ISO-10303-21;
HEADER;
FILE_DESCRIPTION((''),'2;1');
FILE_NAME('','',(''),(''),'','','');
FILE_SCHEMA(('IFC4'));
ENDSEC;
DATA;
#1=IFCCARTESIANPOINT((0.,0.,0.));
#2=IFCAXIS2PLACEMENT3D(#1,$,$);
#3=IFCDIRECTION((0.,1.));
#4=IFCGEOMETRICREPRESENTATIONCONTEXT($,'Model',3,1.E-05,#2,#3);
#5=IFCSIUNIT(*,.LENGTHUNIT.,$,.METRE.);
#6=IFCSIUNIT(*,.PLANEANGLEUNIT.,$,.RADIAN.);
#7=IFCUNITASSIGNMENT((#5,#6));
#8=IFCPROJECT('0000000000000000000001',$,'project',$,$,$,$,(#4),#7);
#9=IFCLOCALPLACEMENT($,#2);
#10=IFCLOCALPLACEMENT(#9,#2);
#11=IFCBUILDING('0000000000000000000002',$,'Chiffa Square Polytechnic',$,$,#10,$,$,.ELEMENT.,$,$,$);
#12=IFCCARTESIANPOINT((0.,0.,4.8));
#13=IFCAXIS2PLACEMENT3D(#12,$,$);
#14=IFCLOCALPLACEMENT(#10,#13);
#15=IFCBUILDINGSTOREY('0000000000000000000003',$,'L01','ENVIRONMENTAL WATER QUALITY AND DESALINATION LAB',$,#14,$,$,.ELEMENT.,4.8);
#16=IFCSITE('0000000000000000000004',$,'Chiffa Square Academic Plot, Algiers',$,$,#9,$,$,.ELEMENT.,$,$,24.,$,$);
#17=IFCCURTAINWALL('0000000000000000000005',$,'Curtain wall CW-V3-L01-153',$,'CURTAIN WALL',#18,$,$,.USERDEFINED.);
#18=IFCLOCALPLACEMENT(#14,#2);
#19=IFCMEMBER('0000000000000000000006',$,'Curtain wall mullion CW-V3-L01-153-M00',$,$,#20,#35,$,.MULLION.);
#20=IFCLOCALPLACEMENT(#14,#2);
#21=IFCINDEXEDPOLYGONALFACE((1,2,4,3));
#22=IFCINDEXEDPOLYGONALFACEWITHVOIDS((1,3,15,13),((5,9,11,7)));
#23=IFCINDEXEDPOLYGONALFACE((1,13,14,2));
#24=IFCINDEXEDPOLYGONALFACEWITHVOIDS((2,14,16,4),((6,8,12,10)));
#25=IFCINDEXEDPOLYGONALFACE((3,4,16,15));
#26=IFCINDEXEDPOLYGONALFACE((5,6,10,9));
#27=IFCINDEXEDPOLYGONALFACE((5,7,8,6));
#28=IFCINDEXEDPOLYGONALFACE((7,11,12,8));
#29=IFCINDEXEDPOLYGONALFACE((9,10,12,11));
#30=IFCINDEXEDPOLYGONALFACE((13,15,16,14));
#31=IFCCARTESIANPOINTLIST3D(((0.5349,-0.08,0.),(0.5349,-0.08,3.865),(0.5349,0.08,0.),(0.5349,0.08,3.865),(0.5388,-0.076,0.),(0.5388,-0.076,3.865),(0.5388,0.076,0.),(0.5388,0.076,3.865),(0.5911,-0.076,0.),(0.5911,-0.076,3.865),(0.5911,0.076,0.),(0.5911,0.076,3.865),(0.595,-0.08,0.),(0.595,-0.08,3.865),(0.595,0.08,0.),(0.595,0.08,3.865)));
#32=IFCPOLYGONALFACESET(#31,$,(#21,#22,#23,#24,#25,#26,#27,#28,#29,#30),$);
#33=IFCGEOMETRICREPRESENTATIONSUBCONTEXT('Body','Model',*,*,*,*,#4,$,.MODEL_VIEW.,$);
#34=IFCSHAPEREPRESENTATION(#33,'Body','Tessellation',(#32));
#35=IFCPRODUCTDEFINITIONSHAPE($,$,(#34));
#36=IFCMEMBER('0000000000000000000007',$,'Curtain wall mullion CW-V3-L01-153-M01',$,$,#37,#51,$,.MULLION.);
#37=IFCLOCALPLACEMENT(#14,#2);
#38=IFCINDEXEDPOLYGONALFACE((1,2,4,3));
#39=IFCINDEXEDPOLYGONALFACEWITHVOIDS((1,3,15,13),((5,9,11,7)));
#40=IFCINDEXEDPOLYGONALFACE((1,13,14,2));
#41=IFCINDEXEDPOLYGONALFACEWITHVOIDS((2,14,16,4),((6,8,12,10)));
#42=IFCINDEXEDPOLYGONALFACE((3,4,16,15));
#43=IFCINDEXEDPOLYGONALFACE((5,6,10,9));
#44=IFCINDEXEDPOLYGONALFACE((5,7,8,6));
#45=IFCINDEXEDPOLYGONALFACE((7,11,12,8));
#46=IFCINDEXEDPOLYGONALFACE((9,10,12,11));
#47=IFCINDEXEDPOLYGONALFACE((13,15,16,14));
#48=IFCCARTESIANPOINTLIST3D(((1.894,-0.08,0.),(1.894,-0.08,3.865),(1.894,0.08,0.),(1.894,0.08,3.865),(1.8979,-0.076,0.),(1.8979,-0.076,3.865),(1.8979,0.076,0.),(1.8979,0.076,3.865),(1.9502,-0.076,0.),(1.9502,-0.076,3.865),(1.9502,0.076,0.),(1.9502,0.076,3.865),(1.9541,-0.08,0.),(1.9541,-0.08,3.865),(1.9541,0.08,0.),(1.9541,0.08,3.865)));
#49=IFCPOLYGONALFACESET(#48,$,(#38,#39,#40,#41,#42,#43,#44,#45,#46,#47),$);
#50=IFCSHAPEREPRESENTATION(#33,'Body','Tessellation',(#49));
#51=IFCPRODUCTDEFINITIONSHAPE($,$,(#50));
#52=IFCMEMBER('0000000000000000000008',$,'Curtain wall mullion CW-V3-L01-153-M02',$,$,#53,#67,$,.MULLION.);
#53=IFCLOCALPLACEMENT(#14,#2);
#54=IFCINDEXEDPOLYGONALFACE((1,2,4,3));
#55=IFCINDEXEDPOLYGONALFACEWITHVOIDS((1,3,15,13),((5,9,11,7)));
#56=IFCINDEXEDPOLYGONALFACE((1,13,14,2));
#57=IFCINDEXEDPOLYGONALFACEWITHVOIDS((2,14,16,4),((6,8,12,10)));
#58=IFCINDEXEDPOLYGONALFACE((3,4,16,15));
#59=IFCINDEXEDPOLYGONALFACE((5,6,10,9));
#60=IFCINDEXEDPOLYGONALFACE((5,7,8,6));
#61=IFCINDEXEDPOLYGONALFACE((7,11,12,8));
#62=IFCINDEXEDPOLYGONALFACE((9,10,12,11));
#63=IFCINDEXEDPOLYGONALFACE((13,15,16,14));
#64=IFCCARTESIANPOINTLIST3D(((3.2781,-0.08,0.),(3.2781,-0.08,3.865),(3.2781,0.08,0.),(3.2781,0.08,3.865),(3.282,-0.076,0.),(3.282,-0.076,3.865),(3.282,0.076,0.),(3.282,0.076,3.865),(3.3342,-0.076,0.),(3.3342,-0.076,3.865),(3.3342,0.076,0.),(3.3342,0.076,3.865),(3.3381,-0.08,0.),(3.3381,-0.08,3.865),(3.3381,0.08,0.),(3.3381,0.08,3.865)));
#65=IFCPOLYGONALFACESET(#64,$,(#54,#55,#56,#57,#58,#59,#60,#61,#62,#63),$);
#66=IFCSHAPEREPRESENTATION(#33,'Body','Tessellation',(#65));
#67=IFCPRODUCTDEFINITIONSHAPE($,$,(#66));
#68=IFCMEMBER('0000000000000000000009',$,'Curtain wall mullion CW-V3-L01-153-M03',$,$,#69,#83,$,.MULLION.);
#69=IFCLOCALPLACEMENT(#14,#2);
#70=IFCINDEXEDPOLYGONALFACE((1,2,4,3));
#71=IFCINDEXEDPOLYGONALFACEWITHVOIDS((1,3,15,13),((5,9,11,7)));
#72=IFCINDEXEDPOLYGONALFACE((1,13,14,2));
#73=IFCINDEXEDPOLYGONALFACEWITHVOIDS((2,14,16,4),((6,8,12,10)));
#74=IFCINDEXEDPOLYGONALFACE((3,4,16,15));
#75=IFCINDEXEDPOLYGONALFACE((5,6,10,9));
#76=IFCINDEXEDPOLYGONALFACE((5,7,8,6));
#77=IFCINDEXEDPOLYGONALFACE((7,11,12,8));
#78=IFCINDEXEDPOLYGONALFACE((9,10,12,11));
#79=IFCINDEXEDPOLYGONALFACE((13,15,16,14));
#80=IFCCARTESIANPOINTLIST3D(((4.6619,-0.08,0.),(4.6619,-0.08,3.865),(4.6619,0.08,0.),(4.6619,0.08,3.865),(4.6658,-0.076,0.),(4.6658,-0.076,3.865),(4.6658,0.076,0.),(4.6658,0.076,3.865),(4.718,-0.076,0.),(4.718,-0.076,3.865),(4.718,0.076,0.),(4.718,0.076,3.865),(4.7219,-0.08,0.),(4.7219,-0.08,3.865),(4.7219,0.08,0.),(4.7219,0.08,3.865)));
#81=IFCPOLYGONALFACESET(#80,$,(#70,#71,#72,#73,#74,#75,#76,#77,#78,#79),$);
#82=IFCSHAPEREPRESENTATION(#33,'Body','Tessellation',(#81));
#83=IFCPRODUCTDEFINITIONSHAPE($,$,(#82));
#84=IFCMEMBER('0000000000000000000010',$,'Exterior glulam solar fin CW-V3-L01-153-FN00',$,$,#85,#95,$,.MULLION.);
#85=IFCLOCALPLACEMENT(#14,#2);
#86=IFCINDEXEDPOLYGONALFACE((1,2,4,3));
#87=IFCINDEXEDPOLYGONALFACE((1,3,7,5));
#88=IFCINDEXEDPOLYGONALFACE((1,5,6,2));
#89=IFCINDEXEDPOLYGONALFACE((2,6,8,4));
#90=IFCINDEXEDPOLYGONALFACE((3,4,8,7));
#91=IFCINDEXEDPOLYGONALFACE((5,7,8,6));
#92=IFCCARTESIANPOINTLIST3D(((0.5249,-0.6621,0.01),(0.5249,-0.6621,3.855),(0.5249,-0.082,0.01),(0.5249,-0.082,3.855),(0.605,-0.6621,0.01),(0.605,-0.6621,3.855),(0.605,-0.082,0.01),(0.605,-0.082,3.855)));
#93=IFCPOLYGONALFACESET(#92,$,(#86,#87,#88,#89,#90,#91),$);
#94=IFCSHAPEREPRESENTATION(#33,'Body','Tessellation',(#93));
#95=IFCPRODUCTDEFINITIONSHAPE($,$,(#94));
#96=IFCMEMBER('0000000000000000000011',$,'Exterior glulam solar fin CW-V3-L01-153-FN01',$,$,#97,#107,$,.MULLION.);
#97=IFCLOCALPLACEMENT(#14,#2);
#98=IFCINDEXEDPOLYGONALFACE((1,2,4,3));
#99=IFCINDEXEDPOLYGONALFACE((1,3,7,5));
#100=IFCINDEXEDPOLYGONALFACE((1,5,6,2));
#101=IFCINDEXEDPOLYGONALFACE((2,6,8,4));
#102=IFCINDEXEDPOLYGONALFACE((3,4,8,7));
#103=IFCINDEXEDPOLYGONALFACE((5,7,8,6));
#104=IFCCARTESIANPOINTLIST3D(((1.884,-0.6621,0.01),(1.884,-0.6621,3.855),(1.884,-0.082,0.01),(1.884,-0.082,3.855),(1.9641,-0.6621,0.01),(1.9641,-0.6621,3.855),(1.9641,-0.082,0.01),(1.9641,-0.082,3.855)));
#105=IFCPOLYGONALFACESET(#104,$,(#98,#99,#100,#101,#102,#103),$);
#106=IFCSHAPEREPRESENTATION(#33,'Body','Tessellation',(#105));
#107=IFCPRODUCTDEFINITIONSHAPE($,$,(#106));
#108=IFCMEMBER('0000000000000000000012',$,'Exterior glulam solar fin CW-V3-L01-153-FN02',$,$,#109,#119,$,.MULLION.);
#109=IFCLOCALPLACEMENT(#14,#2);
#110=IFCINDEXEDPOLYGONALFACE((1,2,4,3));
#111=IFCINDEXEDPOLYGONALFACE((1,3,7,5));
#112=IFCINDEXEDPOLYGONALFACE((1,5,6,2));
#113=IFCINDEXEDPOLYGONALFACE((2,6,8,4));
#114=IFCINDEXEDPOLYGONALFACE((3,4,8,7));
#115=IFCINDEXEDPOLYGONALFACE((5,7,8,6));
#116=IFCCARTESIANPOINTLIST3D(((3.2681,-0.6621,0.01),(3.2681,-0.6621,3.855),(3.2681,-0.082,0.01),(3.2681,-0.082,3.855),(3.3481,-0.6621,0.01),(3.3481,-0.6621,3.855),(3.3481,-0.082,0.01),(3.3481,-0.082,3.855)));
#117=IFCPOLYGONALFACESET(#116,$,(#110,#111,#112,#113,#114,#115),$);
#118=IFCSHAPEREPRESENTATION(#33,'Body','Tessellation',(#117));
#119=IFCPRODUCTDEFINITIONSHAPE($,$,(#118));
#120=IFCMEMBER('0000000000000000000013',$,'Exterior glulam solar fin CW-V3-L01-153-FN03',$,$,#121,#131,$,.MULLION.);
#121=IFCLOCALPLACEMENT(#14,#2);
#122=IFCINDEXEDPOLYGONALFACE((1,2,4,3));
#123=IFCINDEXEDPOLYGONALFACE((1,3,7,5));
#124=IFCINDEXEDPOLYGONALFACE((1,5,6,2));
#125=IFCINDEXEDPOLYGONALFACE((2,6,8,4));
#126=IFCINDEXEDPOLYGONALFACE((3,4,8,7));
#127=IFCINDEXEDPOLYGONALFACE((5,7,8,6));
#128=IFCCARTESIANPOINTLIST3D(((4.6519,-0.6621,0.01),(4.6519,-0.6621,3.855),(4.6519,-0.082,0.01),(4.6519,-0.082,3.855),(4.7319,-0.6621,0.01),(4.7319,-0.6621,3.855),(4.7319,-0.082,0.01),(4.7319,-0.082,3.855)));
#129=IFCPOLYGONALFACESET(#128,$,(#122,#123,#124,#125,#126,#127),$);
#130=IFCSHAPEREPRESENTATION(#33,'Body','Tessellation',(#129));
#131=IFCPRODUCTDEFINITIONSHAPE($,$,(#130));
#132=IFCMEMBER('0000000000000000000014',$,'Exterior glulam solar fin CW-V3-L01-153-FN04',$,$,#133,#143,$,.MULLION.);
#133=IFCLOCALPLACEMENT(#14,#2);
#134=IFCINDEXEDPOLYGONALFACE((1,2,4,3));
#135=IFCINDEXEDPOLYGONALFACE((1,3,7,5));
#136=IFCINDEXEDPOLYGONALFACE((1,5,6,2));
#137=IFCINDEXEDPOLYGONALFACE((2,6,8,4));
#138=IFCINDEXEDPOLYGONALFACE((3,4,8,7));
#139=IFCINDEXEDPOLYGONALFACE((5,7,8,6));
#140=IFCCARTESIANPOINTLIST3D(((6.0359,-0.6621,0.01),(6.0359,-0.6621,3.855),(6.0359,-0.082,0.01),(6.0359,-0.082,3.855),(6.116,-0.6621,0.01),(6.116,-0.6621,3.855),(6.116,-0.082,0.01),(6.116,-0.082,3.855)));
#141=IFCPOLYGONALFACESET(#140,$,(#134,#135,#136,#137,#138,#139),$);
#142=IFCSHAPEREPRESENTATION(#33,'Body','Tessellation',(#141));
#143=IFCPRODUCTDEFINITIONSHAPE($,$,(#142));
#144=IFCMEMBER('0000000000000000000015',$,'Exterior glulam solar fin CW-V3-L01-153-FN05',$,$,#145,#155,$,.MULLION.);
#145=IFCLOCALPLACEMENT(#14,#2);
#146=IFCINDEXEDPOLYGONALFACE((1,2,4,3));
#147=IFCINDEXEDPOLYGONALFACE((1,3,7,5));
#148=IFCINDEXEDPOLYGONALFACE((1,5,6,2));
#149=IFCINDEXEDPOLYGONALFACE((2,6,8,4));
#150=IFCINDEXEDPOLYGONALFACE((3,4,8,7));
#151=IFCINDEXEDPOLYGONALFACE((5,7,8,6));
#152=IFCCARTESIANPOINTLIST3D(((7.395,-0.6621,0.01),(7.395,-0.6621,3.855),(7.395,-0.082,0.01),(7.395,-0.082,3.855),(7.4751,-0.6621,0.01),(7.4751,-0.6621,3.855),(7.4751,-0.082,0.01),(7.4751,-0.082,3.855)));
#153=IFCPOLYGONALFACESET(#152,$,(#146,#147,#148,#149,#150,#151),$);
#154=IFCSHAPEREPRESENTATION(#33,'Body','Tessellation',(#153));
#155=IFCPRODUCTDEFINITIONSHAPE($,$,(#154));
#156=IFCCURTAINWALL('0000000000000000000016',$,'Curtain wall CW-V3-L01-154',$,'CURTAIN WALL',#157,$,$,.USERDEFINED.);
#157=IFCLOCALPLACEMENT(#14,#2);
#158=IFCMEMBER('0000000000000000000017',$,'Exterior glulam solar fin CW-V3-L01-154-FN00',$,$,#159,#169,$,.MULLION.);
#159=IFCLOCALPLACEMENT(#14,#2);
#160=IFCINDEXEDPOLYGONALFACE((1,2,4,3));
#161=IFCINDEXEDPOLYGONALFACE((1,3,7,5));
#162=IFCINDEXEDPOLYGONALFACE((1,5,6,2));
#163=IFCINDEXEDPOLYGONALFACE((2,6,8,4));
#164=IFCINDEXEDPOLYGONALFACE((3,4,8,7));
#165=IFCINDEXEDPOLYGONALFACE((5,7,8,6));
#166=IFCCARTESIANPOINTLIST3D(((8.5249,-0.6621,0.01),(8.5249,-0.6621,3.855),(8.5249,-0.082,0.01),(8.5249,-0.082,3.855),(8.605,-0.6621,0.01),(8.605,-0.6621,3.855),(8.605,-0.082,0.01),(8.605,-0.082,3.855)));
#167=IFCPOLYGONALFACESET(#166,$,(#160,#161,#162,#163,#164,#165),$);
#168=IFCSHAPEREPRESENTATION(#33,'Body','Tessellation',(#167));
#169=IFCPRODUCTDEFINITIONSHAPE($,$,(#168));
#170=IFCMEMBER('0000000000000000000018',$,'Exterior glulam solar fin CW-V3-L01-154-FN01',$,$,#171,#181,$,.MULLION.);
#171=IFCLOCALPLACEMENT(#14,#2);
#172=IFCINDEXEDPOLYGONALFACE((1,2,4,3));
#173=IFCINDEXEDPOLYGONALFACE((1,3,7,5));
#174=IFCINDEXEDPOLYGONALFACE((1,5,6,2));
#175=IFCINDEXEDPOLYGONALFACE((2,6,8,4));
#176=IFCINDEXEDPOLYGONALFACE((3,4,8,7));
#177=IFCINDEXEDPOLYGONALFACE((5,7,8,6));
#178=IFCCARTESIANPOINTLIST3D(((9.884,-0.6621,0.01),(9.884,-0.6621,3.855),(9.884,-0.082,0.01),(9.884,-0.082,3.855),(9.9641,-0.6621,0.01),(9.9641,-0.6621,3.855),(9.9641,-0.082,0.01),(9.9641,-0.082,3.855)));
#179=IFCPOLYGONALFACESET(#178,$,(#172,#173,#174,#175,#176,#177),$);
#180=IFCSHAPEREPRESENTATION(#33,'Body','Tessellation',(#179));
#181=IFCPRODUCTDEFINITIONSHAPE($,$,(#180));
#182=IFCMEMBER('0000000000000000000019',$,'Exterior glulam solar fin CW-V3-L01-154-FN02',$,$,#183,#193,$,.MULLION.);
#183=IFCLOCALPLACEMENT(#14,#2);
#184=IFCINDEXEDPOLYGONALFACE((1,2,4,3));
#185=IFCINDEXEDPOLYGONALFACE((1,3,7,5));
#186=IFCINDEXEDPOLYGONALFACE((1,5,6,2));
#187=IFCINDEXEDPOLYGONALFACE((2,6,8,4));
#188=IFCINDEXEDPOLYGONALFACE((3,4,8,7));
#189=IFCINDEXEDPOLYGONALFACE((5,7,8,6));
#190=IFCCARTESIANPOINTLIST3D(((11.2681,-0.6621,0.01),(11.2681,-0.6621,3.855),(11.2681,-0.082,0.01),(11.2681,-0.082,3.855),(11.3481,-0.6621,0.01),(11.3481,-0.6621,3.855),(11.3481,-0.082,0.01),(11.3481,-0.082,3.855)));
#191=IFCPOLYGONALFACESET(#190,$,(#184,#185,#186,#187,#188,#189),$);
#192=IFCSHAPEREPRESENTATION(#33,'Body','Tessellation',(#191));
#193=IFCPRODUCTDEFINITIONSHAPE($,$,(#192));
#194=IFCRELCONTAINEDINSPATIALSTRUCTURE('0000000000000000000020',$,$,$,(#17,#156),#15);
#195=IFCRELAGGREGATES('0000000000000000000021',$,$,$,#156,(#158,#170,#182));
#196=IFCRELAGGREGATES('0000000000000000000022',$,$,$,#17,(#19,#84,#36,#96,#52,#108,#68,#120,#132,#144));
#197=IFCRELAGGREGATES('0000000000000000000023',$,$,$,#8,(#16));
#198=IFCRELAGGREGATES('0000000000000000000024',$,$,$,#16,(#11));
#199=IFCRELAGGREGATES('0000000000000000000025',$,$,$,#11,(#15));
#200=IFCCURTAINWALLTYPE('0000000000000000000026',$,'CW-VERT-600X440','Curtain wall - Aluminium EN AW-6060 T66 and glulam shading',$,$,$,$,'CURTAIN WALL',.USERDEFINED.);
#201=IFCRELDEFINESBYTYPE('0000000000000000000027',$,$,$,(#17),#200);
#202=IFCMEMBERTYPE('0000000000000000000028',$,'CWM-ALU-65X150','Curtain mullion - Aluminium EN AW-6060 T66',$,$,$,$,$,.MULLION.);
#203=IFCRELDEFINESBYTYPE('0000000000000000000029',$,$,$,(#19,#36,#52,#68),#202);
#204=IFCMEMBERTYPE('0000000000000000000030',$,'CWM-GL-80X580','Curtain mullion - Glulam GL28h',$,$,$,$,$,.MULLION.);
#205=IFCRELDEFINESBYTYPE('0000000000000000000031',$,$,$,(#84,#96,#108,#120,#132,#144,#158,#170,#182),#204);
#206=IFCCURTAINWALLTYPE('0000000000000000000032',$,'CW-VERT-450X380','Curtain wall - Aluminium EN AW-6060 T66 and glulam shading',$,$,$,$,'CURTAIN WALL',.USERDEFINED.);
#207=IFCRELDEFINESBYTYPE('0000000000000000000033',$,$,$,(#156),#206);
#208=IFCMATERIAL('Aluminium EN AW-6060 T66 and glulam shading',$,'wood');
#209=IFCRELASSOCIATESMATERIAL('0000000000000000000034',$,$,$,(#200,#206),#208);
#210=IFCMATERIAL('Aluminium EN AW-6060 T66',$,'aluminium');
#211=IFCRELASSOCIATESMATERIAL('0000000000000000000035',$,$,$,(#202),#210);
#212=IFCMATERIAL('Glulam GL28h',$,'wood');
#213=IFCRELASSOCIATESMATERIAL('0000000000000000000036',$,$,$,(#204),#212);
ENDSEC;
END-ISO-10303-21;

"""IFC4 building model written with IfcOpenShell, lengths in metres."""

from ifc_helpers import new_model, si_unit, direction, frame, origin, origin_2d, place, context, subcontext, project, spatial, rectangle, hollow_rectangle, extrude, material, material_profile, profile_set, type_object, element, aggregate, save


model = new_model("IFC4")

# Units and contexts
model_context = context("Model", 3, precision=1e-05, world=origin(), true_north=direction((0.0, 1.0)))
body_context = subcontext(model_context, "Body", "Model", "MODEL_VIEW")
ifc_project = project(units=[si_unit("LENGTHUNIT", "METRE"), si_unit("PLANEANGLEUNIT", "RADIAN")], contexts=[model_context])

# Site, building, storey
site_placement = place(None, origin())
site = spatial("IfcSite", under=ifc_project, at=site_placement, Name="Chiffa Square Academic Plot, Algiers", CompositionType="ELEMENT", RefElevation=24.0)
building_placement = place(site_placement, origin())
building = spatial("IfcBuilding", under=site, at=building_placement, Name="Chiffa Square Polytechnic", CompositionType="ELEMENT")
storey_placement = place(building_placement, frame((0.0, 0.0, 4.8)))
storey = spatial("IfcBuildingStorey", under=building, at=storey_placement, Name="L01", Description="ENVIRONMENTAL WATER QUALITY AND DESALINATION LAB", CompositionType="ELEMENT", Elevation=4.8)

# Curtain walls, members
ifc_material_1 = material(Name="Aluminium EN AW-6060 T66 and glulam shading", Category="wood")
curtain_wall_type_1 = type_object("IfcCurtainWallType", Name="CW-VERT-600X440", Description="Curtain wall - Aluminium EN AW-6060 T66 and glulam shading", ElementType="CURTAIN WALL", PredefinedType="USERDEFINED", material=ifc_material_1)
curtain_wall_1_placement = place(storey_placement, origin())
curtain_wall_1 = element("IfcCurtainWall", 1, at=curtain_wall_1_placement, inside=storey, type_object=curtain_wall_type_1, Name="Curtain wall CW-V3-L01-153", ObjectType="CURTAIN WALL", PredefinedType="USERDEFINED")
ifc_material_2 = material(Name="Aluminium EN AW-6060 T66", Category="aluminium")
ifc_material_profile_1 = material_profile(ifc_material_2, hollow_rectangle(XDim=0.0601, YDim=0.1599, WallThickness=0.0039, at=origin_2d()), Name="ALU 60x160x4")
ifc_profile_set_1 = profile_set([ifc_material_profile_1], Name="Aluminium EN AW-6060 T66")
member_type_1 = type_object("IfcMemberType", Name="CWM-ALU-65X150", Description="Curtain mullion - Aluminium EN AW-6060 T66", PredefinedType="MULLION", material=ifc_profile_set_1)
member_1_placement = place(storey_placement, frame((0.5649, 0.0, 0.0), z_axis=(0.0, 0.0, 1.0), x_axis=(1.0, 0.0, 0.0)))
member_1 = element("IfcMember", 2, at=member_1_placement, type_object=member_type_1, Name="Curtain wall mullion CW-V3-L01-153-M00", PredefinedType="MULLION", context=body_context, shape_type="SweptSolid", body=[
    extrude(hollow_rectangle(XDim=0.0601, YDim=0.1599, WallThickness=0.0039, at=origin_2d()), origin(), (0.0, 0.0, 1.0), 3.865),
])
member_2_placement = place(storey_placement, frame((1.9241, 0.0, 0.0), z_axis=(0.0, 0.0, 1.0), x_axis=(1.0, 0.0, 0.0)))
member_2 = element("IfcMember", 3, at=member_2_placement, type_object=member_type_1, Name="Curtain wall mullion CW-V3-L01-153-M01", PredefinedType="MULLION", context=body_context, shape_type="SweptSolid", body=[
    extrude(hollow_rectangle(XDim=0.0601, YDim=0.1599, WallThickness=0.0039, at=origin_2d()), origin(), (0.0, 0.0, 1.0), 3.865),
])
member_3_placement = place(storey_placement, frame((3.3081, 0.0, 0.0), z_axis=(0.0, 0.0, 1.0), x_axis=(1.0, 0.0, 0.0)))
member_3 = element("IfcMember", 4, at=member_3_placement, type_object=member_type_1, Name="Curtain wall mullion CW-V3-L01-153-M02", PredefinedType="MULLION", context=body_context, shape_type="SweptSolid", body=[
    extrude(hollow_rectangle(XDim=0.0601, YDim=0.1599, WallThickness=0.0039, at=origin_2d()), origin(), (0.0, 0.0, 1.0), 3.865),
])
member_4_placement = place(storey_placement, frame((4.6919, 0.0, 0.0), z_axis=(0.0, 0.0, 1.0), x_axis=(1.0, 0.0, 0.0)))
member_4 = element("IfcMember", 5, at=member_4_placement, type_object=member_type_1, Name="Curtain wall mullion CW-V3-L01-153-M03", PredefinedType="MULLION", context=body_context, shape_type="SweptSolid", body=[
    extrude(hollow_rectangle(XDim=0.0601, YDim=0.1599, WallThickness=0.0039, at=origin_2d()), origin(), (0.0, 0.0, 1.0), 3.865),
])
ifc_material_3 = material(Name="Glulam GL28h", Category="wood")
ifc_material_profile_2 = material_profile(ifc_material_3, rectangle(XDim=0.0801, YDim=0.5801, at=origin_2d()), Name="GL28h 80x580")
ifc_profile_set_2 = profile_set([ifc_material_profile_2], Name="Glulam GL28h")
member_type_2 = type_object("IfcMemberType", Name="CWM-GL-80X580", Description="Curtain mullion - Glulam GL28h", PredefinedType="MULLION", material=ifc_profile_set_2)
member_5_placement = place(storey_placement, frame((0.5649, -0.3721, 0.01), z_axis=(0.0, 0.0, 1.0), x_axis=(1.0, 0.0, 0.0)))
member_5 = element("IfcMember", 6, at=member_5_placement, type_object=member_type_2, Name="Exterior glulam solar fin CW-V3-L01-153-FN00", PredefinedType="MULLION", context=body_context, shape_type="SweptSolid", body=[
    extrude(rectangle(XDim=0.0801, YDim=0.5801, at=origin_2d()), origin(), (0.0, 0.0, 1.0), 3.845),
])
member_6_placement = place(storey_placement, frame((1.9241, -0.3721, 0.01), z_axis=(0.0, 0.0, 1.0), x_axis=(1.0, 0.0, 0.0)))
member_6 = element("IfcMember", 7, at=member_6_placement, type_object=member_type_2, Name="Exterior glulam solar fin CW-V3-L01-153-FN01", PredefinedType="MULLION", context=body_context, shape_type="SweptSolid", body=[
    extrude(rectangle(XDim=0.0801, YDim=0.5801, at=origin_2d()), origin(), (0.0, 0.0, 1.0), 3.845),
])
member_7_placement = place(storey_placement, frame((3.3081, -0.3721, 0.01), z_axis=(0.0, 0.0, 1.0), x_axis=(1.0, 0.0, 0.0)))
member_7 = element("IfcMember", 8, at=member_7_placement, type_object=member_type_2, Name="Exterior glulam solar fin CW-V3-L01-153-FN02", PredefinedType="MULLION", context=body_context, shape_type="SweptSolid", body=[
    extrude(rectangle(XDim=0.0801, YDim=0.5801, at=origin_2d()), origin(), (0.0, 0.0, 1.0), 3.845),
])
member_8_placement = place(storey_placement, frame((4.6919, -0.3721, 0.01), z_axis=(0.0, 0.0, 1.0), x_axis=(1.0, 0.0, 0.0)))
member_8 = element("IfcMember", 9, at=member_8_placement, type_object=member_type_2, Name="Exterior glulam solar fin CW-V3-L01-153-FN03", PredefinedType="MULLION", context=body_context, shape_type="SweptSolid", body=[
    extrude(rectangle(XDim=0.0801, YDim=0.5801, at=origin_2d()), origin(), (0.0, 0.0, 1.0), 3.845),
])
member_9_placement = place(storey_placement, frame((6.0759, -0.3721, 0.01), z_axis=(0.0, 0.0, 1.0), x_axis=(1.0, 0.0, 0.0)))
member_9 = element("IfcMember", 10, at=member_9_placement, type_object=member_type_2, Name="Exterior glulam solar fin CW-V3-L01-153-FN04", PredefinedType="MULLION", context=body_context, shape_type="SweptSolid", body=[
    extrude(rectangle(XDim=0.0801, YDim=0.5801, at=origin_2d()), origin(), (0.0, 0.0, 1.0), 3.845),
])
member_10_placement = place(storey_placement, frame((7.4351, -0.3721, 0.01), z_axis=(0.0, 0.0, 1.0), x_axis=(1.0, 0.0, 0.0)))
member_10 = element("IfcMember", 11, at=member_10_placement, type_object=member_type_2, Name="Exterior glulam solar fin CW-V3-L01-153-FN05", PredefinedType="MULLION", context=body_context, shape_type="SweptSolid", body=[
    extrude(rectangle(XDim=0.0801, YDim=0.5801, at=origin_2d()), origin(), (0.0, 0.0, 1.0), 3.845),
])
curtain_wall_type_2 = type_object("IfcCurtainWallType", Name="CW-VERT-450X380", Description="Curtain wall - Aluminium EN AW-6060 T66 and glulam shading", ElementType="CURTAIN WALL", PredefinedType="USERDEFINED", material=ifc_material_1)
curtain_wall_2_placement = place(storey_placement, origin())
curtain_wall_2 = element("IfcCurtainWall", 12, at=curtain_wall_2_placement, inside=storey, type_object=curtain_wall_type_2, Name="Curtain wall CW-V3-L01-154", ObjectType="CURTAIN WALL", PredefinedType="USERDEFINED")
member_11_placement = place(storey_placement, frame((8.5649, -0.3721, 0.01), z_axis=(0.0, 0.0, 1.0), x_axis=(1.0, 0.0, 0.0)))
member_11 = element("IfcMember", 13, at=member_11_placement, type_object=member_type_2, Name="Exterior glulam solar fin CW-V3-L01-154-FN00", PredefinedType="MULLION", context=body_context, shape_type="SweptSolid", body=[
    extrude(rectangle(XDim=0.0801, YDim=0.5801, at=origin_2d()), origin(), (0.0, 0.0, 1.0), 3.845),
])
member_12_placement = place(storey_placement, frame((9.9241, -0.3721, 0.01), z_axis=(0.0, 0.0, 1.0), x_axis=(1.0, 0.0, 0.0)))
member_12 = element("IfcMember", 14, at=member_12_placement, type_object=member_type_2, Name="Exterior glulam solar fin CW-V3-L01-154-FN01", PredefinedType="MULLION", context=body_context, shape_type="SweptSolid", body=[
    extrude(rectangle(XDim=0.0801, YDim=0.5801, at=origin_2d()), origin(), (0.0, 0.0, 1.0), 3.845),
])
member_13_placement = place(storey_placement, frame((11.3081, -0.3721, 0.01), z_axis=(0.0, 0.0, 1.0), x_axis=(1.0, 0.0, 0.0)))
member_13 = element("IfcMember", 15, at=member_13_placement, type_object=member_type_2, Name="Exterior glulam solar fin CW-V3-L01-154-FN02", PredefinedType="MULLION", context=body_context, shape_type="SweptSolid", body=[
    extrude(rectangle(XDim=0.0801, YDim=0.5801, at=origin_2d()), origin(), (0.0, 0.0, 1.0), 3.845),
])

aggregate(curtain_wall_2, [member_11, member_12, member_13])

aggregate(curtain_wall_1, [member_1, member_5, member_2, member_6, member_3, member_7, member_4, member_8, member_9, member_10])

save(model, "model.ifc")
